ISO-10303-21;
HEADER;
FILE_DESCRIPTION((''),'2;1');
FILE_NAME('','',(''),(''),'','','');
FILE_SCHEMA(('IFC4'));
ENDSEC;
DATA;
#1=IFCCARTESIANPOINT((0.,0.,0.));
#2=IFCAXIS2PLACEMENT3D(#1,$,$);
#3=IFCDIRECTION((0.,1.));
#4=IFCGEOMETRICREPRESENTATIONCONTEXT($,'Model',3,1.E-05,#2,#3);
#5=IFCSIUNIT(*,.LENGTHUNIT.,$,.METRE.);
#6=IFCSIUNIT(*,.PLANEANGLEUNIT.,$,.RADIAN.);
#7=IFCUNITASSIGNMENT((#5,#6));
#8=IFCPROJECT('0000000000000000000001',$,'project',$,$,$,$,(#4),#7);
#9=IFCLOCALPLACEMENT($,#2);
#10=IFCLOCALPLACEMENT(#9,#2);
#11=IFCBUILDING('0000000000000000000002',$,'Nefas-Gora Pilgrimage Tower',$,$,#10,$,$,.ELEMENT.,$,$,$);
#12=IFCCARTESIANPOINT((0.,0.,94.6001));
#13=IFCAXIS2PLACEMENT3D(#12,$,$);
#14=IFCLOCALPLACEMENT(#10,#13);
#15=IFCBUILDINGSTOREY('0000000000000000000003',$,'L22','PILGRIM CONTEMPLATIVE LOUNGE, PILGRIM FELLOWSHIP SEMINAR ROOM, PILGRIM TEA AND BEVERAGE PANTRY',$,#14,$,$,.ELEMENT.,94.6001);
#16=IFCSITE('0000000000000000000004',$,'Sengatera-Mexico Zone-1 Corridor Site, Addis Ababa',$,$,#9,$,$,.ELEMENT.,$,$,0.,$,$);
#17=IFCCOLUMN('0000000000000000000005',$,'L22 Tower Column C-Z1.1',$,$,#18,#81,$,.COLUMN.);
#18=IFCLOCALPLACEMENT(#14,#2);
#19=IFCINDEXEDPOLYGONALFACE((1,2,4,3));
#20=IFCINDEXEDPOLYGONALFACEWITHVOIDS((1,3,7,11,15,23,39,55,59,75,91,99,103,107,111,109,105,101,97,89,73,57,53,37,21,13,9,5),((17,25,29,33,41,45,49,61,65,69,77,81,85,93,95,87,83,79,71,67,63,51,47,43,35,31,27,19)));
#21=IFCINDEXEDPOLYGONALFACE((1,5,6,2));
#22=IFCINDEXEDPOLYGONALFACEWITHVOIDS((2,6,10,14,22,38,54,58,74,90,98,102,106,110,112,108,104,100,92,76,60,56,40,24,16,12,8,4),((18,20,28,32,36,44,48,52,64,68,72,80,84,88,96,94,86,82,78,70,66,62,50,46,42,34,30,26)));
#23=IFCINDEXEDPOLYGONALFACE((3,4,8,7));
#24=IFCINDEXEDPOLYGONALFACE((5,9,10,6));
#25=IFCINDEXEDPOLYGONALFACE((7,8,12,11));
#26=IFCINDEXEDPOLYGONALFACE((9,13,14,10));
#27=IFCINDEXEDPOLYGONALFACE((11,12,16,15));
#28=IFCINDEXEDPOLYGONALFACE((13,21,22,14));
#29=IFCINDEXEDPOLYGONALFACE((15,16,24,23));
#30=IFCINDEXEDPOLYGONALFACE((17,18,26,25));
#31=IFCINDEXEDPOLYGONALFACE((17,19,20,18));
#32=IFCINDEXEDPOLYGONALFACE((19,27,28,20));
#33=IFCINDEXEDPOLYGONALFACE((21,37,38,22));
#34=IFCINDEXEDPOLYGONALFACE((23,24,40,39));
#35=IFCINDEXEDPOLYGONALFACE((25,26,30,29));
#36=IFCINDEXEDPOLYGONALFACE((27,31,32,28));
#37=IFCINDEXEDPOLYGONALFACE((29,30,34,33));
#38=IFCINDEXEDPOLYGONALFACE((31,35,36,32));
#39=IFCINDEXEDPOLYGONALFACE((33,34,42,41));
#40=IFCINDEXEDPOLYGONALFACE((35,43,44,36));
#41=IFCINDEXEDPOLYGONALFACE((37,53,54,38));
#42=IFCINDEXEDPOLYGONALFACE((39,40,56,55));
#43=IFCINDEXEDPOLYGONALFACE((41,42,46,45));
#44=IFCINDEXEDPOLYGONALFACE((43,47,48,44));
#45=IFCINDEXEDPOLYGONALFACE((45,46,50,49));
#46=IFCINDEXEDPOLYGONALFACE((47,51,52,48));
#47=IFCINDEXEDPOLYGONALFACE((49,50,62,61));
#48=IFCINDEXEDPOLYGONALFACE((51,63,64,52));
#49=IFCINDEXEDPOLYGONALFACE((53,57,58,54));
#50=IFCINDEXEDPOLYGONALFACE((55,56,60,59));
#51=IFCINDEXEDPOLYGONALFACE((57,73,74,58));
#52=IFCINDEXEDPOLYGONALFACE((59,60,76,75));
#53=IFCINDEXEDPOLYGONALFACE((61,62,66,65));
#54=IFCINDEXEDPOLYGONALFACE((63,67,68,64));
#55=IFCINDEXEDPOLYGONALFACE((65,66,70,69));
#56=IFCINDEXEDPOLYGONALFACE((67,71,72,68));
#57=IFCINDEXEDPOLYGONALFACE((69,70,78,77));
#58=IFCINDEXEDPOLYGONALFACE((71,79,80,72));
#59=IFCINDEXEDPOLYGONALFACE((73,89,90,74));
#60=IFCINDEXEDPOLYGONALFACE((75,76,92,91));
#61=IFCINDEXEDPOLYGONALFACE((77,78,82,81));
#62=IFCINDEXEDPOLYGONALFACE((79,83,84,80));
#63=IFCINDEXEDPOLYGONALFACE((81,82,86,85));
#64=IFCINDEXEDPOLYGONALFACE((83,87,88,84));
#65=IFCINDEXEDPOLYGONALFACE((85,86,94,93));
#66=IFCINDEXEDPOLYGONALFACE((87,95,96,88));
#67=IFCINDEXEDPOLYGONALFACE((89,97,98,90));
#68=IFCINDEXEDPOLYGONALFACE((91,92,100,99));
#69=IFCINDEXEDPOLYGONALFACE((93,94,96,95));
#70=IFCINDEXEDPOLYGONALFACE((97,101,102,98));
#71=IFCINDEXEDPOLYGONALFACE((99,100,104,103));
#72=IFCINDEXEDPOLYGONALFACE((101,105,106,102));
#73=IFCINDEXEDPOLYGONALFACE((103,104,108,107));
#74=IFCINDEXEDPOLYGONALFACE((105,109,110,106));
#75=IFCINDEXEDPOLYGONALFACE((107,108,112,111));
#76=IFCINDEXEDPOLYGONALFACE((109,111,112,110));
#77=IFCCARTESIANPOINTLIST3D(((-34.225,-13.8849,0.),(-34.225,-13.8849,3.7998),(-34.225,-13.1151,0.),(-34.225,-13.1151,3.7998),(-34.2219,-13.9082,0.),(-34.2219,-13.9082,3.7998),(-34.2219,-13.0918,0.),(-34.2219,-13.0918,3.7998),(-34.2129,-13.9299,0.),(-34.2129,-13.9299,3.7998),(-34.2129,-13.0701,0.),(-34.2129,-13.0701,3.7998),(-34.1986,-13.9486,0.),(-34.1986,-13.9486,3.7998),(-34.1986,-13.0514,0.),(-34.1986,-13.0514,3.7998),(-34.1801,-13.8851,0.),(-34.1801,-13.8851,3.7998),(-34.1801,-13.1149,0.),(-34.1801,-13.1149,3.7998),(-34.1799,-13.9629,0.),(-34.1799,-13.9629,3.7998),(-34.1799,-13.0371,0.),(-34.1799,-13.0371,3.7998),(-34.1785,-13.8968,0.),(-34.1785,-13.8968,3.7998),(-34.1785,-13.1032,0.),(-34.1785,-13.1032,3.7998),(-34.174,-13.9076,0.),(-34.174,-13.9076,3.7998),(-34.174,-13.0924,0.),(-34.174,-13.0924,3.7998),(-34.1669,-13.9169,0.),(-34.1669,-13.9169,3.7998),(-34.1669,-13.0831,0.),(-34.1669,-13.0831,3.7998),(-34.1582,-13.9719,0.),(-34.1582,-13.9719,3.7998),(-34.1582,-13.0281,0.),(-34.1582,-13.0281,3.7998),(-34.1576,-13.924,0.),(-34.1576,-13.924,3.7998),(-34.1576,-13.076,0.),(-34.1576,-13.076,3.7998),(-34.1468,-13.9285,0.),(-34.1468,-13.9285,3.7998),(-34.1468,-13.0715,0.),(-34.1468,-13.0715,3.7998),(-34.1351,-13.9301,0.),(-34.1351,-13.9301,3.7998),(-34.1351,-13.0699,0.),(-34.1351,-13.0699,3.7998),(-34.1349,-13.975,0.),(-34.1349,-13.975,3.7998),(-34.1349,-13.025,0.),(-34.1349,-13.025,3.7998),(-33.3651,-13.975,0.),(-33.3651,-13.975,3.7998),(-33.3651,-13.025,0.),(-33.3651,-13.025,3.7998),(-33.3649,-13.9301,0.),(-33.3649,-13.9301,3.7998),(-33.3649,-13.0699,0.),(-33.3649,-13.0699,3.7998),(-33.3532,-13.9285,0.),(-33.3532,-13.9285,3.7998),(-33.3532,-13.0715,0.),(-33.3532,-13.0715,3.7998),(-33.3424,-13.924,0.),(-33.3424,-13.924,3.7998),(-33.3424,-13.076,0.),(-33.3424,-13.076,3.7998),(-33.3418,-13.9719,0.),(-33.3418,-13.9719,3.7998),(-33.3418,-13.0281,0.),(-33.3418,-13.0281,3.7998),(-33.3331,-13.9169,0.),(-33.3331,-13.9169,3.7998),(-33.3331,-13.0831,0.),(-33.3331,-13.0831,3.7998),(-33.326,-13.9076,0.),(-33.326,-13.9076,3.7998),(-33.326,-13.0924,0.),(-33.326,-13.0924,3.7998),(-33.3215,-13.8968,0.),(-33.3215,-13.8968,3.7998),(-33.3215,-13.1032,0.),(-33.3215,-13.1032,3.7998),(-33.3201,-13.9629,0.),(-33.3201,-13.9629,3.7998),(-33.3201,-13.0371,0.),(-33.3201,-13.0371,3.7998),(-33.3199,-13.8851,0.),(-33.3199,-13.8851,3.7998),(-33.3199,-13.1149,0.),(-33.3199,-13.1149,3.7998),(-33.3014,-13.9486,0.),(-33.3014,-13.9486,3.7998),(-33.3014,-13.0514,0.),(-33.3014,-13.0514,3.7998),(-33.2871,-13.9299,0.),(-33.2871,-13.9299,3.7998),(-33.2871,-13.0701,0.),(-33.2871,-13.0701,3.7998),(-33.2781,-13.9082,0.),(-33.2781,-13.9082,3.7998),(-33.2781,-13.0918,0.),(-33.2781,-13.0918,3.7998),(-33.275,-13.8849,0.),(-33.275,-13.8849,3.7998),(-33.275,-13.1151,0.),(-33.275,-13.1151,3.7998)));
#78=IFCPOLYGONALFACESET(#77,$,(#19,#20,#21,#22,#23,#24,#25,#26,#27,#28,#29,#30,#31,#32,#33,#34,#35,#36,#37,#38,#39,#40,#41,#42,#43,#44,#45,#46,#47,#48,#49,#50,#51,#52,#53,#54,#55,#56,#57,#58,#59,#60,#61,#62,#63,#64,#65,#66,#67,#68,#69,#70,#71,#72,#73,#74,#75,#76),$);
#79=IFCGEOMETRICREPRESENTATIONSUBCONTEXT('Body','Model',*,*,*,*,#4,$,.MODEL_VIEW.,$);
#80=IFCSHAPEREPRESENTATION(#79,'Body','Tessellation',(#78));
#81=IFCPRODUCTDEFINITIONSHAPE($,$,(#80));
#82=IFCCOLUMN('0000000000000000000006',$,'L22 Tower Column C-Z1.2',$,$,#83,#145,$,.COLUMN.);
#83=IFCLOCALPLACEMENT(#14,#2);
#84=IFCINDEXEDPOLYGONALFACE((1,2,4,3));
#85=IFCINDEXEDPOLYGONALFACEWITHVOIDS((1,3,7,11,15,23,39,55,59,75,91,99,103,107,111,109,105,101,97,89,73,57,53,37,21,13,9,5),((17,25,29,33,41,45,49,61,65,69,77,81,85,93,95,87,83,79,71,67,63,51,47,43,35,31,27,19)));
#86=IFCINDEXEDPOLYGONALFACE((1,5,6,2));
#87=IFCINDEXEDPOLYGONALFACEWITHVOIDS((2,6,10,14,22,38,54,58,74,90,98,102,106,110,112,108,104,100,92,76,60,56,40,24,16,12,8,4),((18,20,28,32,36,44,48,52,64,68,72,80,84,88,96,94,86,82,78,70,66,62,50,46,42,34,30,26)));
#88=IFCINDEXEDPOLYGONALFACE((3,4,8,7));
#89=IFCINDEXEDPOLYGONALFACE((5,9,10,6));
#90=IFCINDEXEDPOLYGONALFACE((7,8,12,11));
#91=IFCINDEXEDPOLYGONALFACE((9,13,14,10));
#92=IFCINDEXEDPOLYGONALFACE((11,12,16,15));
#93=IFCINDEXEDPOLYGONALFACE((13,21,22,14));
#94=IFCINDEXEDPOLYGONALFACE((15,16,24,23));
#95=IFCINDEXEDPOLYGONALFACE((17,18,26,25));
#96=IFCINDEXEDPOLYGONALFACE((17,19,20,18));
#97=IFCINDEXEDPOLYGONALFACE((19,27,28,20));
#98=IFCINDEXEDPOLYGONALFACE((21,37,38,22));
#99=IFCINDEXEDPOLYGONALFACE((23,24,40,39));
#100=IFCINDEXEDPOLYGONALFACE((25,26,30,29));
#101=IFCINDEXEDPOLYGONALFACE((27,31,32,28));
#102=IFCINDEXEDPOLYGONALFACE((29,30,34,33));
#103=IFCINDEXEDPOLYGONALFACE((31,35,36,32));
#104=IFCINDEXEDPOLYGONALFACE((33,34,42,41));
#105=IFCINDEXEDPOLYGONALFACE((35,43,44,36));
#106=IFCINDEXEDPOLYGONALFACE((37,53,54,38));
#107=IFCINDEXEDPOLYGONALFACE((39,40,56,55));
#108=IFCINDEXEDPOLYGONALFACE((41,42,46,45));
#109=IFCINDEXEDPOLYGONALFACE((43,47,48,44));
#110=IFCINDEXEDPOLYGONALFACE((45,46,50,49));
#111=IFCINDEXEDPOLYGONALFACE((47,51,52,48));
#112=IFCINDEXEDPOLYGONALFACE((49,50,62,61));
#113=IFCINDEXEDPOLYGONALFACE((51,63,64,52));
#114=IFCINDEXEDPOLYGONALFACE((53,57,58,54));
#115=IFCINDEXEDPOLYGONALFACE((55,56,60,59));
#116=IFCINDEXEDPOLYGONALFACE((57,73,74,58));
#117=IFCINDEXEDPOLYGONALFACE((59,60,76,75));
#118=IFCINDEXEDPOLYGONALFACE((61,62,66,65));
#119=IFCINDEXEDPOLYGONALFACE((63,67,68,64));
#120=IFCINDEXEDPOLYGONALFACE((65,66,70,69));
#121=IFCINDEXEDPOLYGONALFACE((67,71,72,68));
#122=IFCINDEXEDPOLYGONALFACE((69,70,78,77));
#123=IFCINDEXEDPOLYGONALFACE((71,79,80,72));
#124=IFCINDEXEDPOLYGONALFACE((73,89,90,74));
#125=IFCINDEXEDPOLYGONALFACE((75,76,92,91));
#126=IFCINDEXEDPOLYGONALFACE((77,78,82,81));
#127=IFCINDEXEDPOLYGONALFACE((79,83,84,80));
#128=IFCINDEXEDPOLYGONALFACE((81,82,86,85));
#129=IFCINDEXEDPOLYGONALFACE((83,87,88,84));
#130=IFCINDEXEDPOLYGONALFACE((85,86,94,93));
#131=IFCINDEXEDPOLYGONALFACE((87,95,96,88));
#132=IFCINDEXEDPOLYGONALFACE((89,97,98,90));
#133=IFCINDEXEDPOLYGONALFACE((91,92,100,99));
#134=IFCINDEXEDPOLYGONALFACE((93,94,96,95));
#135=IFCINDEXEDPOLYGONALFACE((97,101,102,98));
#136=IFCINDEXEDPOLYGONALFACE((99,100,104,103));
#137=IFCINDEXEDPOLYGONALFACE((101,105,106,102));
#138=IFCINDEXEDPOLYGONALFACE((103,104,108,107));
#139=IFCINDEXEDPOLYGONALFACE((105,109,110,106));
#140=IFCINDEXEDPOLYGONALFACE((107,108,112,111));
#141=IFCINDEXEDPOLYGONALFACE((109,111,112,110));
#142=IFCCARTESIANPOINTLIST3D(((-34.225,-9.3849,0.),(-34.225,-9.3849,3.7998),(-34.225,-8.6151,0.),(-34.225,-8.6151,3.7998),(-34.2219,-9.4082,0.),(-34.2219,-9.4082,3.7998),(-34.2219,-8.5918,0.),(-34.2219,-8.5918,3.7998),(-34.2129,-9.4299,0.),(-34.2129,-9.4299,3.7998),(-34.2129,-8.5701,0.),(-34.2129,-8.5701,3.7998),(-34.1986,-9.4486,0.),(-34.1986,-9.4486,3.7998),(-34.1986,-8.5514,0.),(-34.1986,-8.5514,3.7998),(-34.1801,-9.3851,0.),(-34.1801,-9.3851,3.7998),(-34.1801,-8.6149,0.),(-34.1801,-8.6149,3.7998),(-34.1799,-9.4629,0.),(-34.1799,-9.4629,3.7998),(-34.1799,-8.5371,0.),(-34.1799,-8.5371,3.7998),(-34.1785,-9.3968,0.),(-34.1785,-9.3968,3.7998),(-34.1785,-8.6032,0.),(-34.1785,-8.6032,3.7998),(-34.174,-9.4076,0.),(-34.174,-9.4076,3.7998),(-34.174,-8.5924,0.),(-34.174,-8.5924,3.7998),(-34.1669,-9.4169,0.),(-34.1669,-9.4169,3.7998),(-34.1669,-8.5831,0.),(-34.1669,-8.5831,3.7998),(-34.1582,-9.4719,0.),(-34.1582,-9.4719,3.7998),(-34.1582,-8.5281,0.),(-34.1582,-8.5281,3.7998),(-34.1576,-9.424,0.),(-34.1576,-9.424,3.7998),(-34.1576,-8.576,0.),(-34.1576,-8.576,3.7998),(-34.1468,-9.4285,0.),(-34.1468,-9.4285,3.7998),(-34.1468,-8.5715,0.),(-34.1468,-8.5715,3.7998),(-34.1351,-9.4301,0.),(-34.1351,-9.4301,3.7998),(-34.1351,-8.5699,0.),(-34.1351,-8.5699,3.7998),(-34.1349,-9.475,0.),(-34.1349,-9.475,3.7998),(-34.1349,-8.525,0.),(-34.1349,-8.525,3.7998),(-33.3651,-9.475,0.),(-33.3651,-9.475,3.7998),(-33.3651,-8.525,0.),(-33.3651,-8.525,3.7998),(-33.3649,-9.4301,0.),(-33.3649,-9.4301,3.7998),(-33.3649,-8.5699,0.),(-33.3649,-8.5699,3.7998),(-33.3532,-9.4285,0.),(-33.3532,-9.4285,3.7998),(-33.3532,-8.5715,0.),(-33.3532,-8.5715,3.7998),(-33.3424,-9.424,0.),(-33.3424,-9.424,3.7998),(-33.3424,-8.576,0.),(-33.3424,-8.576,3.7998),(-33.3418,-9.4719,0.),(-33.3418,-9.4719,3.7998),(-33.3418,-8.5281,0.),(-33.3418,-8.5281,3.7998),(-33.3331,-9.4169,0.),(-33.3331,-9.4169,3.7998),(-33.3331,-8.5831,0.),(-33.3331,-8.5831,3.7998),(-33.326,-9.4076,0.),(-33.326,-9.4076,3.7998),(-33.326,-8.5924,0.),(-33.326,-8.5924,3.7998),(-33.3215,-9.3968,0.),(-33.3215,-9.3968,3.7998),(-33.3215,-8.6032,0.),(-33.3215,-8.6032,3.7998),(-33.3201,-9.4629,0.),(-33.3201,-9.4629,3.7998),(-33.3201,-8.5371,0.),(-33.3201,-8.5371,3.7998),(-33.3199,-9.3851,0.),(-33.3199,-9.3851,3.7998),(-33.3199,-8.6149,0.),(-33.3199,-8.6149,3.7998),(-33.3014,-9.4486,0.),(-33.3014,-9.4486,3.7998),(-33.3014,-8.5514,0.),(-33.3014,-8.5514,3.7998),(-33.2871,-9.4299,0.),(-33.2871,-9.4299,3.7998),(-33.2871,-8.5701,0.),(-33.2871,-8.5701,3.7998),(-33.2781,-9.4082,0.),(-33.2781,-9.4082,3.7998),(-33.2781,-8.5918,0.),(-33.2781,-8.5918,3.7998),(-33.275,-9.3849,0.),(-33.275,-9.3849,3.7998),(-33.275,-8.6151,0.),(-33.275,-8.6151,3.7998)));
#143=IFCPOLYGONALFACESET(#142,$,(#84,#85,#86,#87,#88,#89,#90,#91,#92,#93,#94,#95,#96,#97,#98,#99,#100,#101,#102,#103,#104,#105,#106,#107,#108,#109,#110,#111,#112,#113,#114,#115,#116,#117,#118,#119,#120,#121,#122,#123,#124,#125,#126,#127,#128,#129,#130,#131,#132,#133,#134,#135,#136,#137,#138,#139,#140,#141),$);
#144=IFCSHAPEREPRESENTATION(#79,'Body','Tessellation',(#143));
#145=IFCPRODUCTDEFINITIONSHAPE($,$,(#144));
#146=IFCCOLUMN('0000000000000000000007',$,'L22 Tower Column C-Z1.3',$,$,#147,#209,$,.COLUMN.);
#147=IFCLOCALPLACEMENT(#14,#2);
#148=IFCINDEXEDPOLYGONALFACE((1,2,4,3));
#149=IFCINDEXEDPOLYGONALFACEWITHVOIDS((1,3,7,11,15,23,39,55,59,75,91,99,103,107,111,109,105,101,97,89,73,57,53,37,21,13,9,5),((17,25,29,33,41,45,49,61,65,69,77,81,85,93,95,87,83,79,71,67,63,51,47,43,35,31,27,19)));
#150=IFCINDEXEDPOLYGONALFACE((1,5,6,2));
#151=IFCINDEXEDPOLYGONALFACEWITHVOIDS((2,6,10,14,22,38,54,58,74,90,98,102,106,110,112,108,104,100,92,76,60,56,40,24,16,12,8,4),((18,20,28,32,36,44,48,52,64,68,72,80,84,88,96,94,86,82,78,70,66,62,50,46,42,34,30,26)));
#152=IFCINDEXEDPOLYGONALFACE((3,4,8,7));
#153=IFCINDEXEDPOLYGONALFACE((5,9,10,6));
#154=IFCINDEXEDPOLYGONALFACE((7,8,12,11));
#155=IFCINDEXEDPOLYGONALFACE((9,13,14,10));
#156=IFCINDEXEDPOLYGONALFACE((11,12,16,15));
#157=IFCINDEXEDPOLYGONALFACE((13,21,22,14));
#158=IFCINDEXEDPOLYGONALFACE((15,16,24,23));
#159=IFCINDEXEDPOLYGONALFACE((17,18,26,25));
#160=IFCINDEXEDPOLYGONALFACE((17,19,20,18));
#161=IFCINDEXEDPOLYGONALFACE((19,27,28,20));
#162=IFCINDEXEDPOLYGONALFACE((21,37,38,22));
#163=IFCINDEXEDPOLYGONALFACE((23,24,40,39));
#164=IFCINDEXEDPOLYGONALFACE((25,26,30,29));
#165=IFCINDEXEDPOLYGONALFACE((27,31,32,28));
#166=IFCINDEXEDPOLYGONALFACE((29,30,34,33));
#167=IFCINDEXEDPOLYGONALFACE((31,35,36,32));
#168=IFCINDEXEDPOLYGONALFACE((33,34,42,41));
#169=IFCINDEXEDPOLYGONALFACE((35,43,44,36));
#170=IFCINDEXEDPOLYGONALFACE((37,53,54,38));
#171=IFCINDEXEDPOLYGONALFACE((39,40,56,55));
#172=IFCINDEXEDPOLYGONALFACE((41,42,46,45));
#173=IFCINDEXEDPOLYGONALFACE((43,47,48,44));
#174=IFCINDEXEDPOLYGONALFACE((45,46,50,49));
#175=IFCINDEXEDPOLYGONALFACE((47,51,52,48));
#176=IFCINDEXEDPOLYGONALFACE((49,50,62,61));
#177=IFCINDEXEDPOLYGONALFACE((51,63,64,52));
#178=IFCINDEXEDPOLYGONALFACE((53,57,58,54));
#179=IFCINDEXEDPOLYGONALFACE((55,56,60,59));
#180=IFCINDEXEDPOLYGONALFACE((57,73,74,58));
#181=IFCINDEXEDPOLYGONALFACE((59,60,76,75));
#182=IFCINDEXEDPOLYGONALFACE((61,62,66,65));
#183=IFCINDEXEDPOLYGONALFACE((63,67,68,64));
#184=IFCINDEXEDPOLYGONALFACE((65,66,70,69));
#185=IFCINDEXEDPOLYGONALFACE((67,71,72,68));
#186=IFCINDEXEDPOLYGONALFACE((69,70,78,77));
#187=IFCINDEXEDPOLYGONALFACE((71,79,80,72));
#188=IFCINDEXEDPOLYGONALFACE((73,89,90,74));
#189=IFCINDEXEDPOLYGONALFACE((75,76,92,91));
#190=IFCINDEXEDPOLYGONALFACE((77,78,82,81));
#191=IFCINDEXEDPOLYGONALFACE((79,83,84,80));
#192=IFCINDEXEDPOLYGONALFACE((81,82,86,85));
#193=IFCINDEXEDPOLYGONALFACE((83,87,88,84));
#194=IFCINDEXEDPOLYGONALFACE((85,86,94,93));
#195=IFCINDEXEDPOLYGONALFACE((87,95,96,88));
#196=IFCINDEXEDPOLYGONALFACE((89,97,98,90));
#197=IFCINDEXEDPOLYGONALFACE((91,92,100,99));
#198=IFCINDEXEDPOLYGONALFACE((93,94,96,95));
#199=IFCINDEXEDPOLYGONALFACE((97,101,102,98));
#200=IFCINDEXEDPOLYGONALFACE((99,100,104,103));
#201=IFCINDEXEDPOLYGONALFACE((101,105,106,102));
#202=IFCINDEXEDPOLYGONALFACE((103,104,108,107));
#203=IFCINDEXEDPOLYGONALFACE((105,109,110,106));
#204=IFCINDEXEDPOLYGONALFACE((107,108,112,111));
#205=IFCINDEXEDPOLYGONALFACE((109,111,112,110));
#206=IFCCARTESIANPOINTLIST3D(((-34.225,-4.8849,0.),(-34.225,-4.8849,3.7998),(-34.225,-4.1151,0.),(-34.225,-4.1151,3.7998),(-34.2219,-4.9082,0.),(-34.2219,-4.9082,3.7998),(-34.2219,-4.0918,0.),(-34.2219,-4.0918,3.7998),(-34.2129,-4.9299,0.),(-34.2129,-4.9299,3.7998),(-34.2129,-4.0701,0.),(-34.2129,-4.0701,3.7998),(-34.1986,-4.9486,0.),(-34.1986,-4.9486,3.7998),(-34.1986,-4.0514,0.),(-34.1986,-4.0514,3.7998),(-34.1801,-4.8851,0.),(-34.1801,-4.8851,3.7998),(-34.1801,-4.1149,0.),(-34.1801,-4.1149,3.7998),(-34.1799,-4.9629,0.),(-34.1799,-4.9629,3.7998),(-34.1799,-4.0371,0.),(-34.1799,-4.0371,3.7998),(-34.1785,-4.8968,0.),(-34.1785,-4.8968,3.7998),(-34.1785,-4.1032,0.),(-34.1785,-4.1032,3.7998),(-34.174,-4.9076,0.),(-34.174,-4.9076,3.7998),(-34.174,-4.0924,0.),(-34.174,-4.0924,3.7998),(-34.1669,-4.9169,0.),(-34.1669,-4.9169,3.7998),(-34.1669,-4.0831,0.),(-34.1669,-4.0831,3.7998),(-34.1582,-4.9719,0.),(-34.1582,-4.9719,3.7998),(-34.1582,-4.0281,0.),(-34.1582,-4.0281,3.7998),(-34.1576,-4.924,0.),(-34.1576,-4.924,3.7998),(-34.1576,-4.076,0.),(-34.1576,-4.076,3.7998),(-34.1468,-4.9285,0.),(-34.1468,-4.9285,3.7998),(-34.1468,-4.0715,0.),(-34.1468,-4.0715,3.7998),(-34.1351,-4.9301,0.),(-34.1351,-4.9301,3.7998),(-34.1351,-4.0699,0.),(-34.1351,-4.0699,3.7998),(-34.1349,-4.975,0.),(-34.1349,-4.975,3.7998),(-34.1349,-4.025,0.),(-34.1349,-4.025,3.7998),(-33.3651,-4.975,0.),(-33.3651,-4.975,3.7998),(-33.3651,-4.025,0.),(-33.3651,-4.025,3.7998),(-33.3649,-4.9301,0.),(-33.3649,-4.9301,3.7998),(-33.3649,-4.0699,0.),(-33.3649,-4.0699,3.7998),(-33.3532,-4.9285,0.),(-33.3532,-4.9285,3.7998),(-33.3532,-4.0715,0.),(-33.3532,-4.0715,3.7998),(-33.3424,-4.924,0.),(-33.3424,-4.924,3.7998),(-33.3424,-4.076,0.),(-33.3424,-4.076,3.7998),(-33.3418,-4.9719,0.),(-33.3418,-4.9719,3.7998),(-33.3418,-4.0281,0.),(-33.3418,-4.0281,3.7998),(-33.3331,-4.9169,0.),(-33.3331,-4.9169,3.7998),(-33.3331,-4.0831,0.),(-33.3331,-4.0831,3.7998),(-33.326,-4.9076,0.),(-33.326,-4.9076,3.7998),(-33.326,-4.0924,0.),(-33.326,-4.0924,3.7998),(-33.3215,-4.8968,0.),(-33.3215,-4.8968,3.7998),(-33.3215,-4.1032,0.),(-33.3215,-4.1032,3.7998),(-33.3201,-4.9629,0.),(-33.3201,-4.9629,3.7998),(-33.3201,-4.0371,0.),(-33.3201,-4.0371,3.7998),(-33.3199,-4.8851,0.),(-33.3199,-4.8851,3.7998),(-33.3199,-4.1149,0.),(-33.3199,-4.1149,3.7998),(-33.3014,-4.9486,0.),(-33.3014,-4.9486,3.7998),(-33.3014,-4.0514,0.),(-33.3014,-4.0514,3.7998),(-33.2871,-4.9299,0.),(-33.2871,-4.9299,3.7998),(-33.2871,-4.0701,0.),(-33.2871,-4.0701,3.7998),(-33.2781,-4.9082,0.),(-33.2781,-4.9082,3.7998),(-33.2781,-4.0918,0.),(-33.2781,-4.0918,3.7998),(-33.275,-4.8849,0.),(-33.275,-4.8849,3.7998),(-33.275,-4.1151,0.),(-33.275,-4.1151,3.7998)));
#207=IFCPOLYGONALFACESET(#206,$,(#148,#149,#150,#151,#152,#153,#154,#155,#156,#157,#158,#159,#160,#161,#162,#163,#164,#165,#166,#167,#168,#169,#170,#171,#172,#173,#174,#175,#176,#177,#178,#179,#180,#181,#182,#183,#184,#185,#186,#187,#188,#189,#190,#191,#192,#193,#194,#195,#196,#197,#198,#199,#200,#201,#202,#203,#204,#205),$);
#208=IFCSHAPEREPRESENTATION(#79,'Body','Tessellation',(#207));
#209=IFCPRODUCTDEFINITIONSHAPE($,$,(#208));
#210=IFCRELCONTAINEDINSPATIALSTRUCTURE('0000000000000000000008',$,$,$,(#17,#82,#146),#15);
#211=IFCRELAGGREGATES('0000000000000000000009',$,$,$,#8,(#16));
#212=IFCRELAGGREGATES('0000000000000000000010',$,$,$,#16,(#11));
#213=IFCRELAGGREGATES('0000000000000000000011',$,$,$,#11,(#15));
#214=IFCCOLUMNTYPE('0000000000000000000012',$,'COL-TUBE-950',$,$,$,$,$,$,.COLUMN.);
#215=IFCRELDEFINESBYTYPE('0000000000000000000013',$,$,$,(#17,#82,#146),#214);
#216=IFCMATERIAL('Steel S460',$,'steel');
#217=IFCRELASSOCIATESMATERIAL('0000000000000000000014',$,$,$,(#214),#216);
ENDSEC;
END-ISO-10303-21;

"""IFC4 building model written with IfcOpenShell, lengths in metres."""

from ifc_helpers import new_model, si_unit, direction, frame, origin, origin_2d, place, context, subcontext, project, spatial, hollow_rectangle, extrude, source, transform, mapped, material, material_profile, profile_set, type_object, element, save


model = new_model("IFC4")

# Units and contexts
model_context = context("Model", 3, precision=1e-05, world=origin(), true_north=direction((0.0, 1.0)))
body_context = subcontext(model_context, "Body", "Model", "MODEL_VIEW")
ifc_project = project(units=[si_unit("LENGTHUNIT", "METRE"), si_unit("PLANEANGLEUNIT", "RADIAN")], contexts=[model_context])

# Site, building, storey
site_placement = place(None, origin())
site = spatial("IfcSite", under=ifc_project, at=site_placement, Name="Sengatera-Mexico Zone-1 Corridor Site, Addis Ababa", CompositionType="ELEMENT", RefElevation=0.0)
building_placement = place(site_placement, origin())
building = spatial("IfcBuilding", under=site, at=building_placement, Name="Nefas-Gora Pilgrimage Tower", CompositionType="ELEMENT")
storey_placement = place(building_placement, frame((0.0, 0.0, 94.6001)))
storey = spatial("IfcBuildingStorey", under=building, at=storey_placement, Name="L22", Description="PILGRIM CONTEMPLATIVE LOUNGE, PILGRIM FELLOWSHIP SEMINAR ROOM, PILGRIM TEA AND BEVERAGE PANTRY", CompositionType="ELEMENT", Elevation=94.6001)

# Columns
ifc_material_1 = material(Name="Steel S460", Category="steel")
ifc_material_profile_1 = material_profile(ifc_material_1, hollow_rectangle(XDim=0.95, YDim=0.95, WallThickness=0.0449, InnerFilletRadius=0.0449, OuterFilletRadius=0.0901, at=origin_2d()), Name="BOX 950x950x45")
ifc_profile_set_1 = profile_set([ifc_material_profile_1], Name="Steel S460")
column_type_1 = type_object("IfcColumnType", Name="COL-TUBE-950", PredefinedType="COLUMN", material=ifc_profile_set_1)
shared_shape_1 = source(origin(), body_context, "Body", "SweptSolid", [
    extrude(hollow_rectangle(XDim=0.95, YDim=0.95, WallThickness=0.0449, InnerFilletRadius=0.0449, OuterFilletRadius=0.0901, at=origin_2d()), origin(), (0.0, 0.0, 1.0), 3.7998),
])
for number, where, z_axis, x_axis, name in (
    (1, (-33.75, -13.5, 0.0), (0.0, 0.0, 1.0), (1.0, 0.0, 0.0), "L22 Tower Column C-Z1.1"),
    (2, (-33.75, -9.0, 0.0), (0.0, 0.0, 1.0), (1.0, 0.0, 0.0), "L22 Tower Column C-Z1.2"),
    (3, (-33.75, -4.5, 0.0), (0.0, 0.0, 1.0), (1.0, 0.0, 0.0), "L22 Tower Column C-Z1.3"),
):
    element("IfcColumn", number, at=place(storey_placement, frame(where, z_axis=z_axis, x_axis=x_axis)), inside=storey, type_object=column_type_1, Name=name, PredefinedType="COLUMN", context=body_context, shape_type="MappedRepresentation", body=[
        mapped(shared_shape_1, transform((0.0, 0.0, 0.0), x_axis=(1.0, 0.0, 0.0), y_axis=(0.0, 1.0, 0.0), z_axis=(0.0, 0.0, 1.0), scale=1.0)),
    ])

save(model, "model.ifc")
